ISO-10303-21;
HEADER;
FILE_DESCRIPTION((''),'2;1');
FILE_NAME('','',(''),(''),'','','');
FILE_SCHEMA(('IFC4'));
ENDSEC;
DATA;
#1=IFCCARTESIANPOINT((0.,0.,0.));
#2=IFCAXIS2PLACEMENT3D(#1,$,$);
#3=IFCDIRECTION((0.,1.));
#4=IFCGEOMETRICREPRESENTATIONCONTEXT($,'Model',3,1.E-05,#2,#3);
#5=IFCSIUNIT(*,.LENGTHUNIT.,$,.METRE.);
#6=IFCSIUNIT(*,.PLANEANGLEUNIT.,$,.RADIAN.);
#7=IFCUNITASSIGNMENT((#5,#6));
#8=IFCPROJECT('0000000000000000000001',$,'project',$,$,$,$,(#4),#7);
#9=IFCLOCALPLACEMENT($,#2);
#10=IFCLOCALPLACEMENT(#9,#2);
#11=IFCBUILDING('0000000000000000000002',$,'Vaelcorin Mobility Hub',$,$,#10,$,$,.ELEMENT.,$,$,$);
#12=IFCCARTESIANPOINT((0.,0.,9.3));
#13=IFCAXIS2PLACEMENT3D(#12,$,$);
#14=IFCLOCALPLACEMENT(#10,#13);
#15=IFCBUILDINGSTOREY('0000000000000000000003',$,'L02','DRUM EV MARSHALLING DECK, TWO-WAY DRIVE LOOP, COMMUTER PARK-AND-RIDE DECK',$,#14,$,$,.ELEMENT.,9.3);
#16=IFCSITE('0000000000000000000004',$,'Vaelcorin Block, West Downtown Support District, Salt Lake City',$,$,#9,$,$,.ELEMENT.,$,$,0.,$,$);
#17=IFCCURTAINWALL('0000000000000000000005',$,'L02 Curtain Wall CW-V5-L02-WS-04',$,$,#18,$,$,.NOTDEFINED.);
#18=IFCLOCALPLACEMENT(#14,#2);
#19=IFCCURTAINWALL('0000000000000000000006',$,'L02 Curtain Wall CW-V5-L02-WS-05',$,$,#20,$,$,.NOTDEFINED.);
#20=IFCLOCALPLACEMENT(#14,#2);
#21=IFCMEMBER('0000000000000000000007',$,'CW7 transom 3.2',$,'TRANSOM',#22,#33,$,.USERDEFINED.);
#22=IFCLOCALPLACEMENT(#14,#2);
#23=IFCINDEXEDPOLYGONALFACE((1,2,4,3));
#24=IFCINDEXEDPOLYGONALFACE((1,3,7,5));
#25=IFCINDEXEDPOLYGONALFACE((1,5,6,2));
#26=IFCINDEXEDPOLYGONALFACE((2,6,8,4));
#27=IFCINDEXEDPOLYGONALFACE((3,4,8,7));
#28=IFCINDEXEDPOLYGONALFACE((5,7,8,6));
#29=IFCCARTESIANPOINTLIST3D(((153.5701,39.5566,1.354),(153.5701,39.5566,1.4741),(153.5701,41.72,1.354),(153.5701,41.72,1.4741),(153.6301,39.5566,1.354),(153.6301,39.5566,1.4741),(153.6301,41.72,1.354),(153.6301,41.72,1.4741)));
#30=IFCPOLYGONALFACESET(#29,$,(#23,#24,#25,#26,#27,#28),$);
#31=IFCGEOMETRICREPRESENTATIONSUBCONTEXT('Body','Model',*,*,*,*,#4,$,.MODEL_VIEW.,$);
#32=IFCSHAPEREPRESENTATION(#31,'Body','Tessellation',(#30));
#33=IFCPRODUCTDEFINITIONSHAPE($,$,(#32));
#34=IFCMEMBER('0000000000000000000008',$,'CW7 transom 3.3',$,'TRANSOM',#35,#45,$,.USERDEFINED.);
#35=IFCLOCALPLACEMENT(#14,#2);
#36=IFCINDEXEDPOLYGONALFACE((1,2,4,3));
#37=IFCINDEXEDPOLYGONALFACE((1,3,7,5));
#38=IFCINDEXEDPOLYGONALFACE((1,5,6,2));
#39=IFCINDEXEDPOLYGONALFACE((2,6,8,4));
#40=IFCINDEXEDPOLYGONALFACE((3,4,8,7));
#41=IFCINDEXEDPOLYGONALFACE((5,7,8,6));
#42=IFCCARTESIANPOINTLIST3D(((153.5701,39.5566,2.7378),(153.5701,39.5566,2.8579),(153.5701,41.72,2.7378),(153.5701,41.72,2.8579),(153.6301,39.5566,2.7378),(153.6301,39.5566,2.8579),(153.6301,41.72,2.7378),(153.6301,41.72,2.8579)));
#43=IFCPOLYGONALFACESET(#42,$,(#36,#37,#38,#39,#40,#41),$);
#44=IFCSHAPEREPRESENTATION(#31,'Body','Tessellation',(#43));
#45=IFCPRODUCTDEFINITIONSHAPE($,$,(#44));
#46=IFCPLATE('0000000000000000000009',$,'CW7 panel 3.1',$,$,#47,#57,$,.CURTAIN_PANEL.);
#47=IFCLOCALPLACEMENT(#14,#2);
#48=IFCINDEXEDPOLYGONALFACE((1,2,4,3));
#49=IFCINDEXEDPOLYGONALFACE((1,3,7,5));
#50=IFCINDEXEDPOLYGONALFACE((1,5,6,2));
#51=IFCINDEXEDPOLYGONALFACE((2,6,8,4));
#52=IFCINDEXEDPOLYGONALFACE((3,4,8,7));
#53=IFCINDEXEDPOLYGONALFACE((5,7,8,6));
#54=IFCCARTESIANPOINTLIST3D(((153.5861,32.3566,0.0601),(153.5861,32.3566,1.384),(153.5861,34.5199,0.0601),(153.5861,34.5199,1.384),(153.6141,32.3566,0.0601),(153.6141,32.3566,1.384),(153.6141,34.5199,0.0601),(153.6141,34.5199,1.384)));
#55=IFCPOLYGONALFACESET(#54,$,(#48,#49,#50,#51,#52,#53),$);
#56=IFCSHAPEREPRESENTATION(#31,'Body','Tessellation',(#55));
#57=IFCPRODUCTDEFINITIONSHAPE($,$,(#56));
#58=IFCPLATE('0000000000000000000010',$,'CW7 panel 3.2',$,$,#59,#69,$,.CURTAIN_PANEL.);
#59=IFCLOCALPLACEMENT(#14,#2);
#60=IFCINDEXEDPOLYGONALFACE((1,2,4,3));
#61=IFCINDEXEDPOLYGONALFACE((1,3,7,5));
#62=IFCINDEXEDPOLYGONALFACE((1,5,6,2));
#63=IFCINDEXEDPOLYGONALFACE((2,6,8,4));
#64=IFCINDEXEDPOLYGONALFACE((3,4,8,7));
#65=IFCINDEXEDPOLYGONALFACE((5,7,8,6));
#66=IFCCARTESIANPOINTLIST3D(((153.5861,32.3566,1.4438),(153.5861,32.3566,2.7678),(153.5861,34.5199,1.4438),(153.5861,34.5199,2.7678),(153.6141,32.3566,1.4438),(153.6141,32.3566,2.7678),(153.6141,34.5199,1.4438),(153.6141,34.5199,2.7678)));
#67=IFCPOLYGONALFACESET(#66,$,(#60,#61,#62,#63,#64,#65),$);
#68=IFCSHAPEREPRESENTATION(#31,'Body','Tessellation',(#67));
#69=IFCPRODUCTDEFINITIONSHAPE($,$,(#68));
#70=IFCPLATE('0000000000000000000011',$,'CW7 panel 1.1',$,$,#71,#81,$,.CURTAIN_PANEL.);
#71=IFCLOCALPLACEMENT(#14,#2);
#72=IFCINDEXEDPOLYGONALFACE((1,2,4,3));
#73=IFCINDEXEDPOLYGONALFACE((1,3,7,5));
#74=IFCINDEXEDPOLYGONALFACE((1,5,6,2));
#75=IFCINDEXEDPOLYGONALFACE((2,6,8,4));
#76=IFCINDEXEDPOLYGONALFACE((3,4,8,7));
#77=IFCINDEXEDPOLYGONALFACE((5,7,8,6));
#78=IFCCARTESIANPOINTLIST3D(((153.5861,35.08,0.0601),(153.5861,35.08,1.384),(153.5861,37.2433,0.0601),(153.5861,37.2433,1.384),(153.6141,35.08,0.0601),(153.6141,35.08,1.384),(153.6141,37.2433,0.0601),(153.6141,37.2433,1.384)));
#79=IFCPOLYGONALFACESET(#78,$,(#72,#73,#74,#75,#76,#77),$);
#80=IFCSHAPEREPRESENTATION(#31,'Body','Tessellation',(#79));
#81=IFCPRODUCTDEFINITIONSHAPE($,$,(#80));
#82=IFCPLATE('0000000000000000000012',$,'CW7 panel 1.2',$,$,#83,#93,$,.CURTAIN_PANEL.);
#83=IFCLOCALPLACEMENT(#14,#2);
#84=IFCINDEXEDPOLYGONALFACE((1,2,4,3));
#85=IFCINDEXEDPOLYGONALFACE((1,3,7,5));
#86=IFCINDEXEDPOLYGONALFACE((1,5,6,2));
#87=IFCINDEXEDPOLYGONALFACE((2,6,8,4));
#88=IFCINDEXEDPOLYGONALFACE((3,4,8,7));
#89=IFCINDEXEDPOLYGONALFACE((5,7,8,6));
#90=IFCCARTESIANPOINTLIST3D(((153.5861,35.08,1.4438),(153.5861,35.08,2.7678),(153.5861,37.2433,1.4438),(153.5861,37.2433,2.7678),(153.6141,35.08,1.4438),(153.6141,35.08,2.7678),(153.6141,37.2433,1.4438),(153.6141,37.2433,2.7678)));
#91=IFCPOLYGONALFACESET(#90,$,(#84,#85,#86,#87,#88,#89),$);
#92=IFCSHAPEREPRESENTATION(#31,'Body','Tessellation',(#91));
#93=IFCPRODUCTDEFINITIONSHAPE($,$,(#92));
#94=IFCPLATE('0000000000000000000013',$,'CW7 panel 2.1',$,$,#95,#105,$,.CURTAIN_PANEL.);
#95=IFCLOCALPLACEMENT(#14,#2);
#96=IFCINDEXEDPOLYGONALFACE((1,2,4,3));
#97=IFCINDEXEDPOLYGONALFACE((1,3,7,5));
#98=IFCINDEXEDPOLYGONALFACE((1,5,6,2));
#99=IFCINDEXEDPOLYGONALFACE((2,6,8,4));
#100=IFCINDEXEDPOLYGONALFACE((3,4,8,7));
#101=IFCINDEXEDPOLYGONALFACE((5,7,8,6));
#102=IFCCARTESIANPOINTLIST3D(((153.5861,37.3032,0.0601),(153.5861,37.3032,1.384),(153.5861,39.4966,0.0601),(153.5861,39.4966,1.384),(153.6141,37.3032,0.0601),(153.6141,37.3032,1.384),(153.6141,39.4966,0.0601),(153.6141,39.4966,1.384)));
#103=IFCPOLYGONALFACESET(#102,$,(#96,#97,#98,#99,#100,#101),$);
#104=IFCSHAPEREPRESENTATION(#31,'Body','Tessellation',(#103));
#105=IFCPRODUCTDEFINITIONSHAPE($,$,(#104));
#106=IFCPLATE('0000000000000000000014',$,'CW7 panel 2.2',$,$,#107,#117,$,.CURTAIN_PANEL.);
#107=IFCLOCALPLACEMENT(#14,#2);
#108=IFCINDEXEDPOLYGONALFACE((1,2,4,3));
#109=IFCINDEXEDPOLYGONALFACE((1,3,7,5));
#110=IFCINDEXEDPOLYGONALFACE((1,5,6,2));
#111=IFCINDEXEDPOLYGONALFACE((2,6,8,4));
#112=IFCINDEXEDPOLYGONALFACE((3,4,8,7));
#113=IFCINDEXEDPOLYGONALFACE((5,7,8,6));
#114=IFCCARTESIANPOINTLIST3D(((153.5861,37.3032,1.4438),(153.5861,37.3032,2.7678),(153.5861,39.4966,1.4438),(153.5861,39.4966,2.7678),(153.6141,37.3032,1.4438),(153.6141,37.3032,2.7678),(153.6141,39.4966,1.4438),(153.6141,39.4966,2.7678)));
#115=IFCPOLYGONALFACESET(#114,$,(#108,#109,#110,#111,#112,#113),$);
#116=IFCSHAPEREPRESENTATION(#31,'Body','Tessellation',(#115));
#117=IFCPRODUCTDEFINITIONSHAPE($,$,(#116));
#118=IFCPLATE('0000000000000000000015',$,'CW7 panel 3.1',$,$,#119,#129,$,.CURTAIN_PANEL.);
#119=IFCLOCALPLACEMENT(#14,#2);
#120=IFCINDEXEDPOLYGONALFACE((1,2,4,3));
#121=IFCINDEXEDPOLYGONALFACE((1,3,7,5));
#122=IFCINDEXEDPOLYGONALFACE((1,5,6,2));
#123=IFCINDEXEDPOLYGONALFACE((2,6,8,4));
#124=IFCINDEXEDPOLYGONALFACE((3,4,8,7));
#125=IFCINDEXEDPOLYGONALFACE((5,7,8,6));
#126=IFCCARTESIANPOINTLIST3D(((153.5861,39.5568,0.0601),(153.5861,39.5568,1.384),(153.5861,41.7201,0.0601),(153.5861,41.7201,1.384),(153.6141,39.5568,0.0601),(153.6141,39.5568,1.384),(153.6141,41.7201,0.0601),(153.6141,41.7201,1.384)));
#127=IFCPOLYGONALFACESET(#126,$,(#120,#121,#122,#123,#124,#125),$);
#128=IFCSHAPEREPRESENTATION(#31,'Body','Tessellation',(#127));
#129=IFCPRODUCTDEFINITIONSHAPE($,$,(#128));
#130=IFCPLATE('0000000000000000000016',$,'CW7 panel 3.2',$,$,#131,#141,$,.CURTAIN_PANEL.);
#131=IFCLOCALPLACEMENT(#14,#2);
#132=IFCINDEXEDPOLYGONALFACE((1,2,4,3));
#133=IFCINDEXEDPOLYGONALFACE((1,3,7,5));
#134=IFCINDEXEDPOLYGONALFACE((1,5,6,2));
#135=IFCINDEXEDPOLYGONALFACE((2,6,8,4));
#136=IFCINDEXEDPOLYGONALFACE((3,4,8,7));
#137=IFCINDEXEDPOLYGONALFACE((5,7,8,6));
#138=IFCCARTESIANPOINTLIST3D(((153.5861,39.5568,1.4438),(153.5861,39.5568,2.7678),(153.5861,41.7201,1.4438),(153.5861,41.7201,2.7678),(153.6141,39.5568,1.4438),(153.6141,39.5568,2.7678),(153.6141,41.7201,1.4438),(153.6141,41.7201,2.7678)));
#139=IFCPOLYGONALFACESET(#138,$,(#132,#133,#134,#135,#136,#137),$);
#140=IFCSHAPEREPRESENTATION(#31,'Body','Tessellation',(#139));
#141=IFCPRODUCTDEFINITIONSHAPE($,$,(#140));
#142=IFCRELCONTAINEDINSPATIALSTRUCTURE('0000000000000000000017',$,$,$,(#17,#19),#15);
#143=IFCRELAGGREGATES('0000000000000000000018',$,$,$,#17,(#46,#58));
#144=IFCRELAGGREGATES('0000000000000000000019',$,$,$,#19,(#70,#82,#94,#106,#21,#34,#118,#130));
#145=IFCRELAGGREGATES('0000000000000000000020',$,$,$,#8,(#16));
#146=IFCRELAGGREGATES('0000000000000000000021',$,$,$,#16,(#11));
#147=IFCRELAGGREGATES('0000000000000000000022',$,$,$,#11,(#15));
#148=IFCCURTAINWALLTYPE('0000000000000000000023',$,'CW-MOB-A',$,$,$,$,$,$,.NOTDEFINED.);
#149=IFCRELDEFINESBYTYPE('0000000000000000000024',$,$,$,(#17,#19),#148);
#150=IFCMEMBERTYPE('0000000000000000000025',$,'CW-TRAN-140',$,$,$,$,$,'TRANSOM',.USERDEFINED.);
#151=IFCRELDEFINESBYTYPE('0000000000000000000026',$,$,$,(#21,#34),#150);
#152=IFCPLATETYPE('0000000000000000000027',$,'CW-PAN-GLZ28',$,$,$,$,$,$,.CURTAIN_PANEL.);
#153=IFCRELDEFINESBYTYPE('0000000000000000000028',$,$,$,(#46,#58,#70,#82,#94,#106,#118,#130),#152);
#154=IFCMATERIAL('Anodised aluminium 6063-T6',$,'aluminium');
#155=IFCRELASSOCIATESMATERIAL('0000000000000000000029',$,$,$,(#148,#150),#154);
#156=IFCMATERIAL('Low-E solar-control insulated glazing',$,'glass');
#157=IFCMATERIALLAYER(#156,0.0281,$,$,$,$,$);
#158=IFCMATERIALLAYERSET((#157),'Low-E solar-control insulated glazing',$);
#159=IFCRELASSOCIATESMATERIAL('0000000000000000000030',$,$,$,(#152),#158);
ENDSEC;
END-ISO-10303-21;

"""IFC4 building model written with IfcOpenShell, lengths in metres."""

from ifc_helpers import new_model, si_unit, direction, frame, origin, origin_2d, place, context, subcontext, project, spatial, rectangle, extrude, material, layer, layer_set, material_profile, profile_set, type_object, element, aggregate, save


model = new_model("IFC4")

# Units and contexts
model_context = context("Model", 3, precision=1e-05, world=origin(), true_north=direction((0.0, 1.0)))
body_context = subcontext(model_context, "Body", "Model", "MODEL_VIEW")
ifc_project = project(units=[si_unit("LENGTHUNIT", "METRE"), si_unit("PLANEANGLEUNIT", "RADIAN")], contexts=[model_context])

# Site, building, storey
site_placement = place(None, origin())
site = spatial("IfcSite", under=ifc_project, at=site_placement, Name="Vaelcorin Block, West Downtown Support District, Salt Lake City", CompositionType="ELEMENT", RefElevation=0.0)
building_placement = place(site_placement, origin())
building = spatial("IfcBuilding", under=site, at=building_placement, Name="Vaelcorin Mobility Hub", CompositionType="ELEMENT")
storey_placement = place(building_placement, frame((0.0, 0.0, 9.3)))
storey = spatial("IfcBuildingStorey", under=building, at=storey_placement, Name="L02", Description="DRUM EV MARSHALLING DECK, TWO-WAY DRIVE LOOP, COMMUTER PARK-AND-RIDE DECK", CompositionType="ELEMENT", Elevation=9.3)

# Curtain wall
ifc_material_1 = material(Name="Anodised aluminium 6063-T6", Category="aluminium")
curtain_wall_type = type_object("IfcCurtainWallType", Name="CW-MOB-A", PredefinedType="NOTDEFINED", material=ifc_material_1)
curtain_wall_1_placement = place(storey_placement, origin())
curtain_wall_1 = element("IfcCurtainWall", 1, at=curtain_wall_1_placement, inside=storey, type_object=curtain_wall_type, Name="L02 Curtain Wall CW-V5-L02-WS-04", PredefinedType="NOTDEFINED")

# Curtain wall
curtain_wall_2_placement = place(storey_placement, origin())
curtain_wall_2 = element("IfcCurtainWall", 2, at=curtain_wall_2_placement, inside=storey, type_object=curtain_wall_type, Name="L02 Curtain Wall CW-V5-L02-WS-05", PredefinedType="NOTDEFINED")

# Members
ifc_material_profile_1 = material_profile(ifc_material_1, rectangle(XDim=0.0601, YDim=0.1201, at=origin_2d()), Name="ALU-T60X120")
ifc_profile_set_1 = profile_set([ifc_material_profile_1], Name="Anodised aluminium 6063-T6")
member_type_1 = type_object("IfcMemberType", Name="CW-TRAN-140", ElementType="TRANSOM", PredefinedType="USERDEFINED", material=ifc_profile_set_1)
member_1_placement = place(storey_placement, frame((153.6001, 39.5566, 1.4141), z_axis=(0.0, 1.0, 0.0), x_axis=(-1.0, 0.0, 0.0)))
member_1 = element("IfcMember", 3, at=member_1_placement, type_object=member_type_1, Name="CW7 transom 3.2", ObjectType="TRANSOM", PredefinedType="USERDEFINED", context=body_context, shape_type="SweptSolid", body=[
    extrude(rectangle(XDim=0.0601, YDim=0.1201, at=origin_2d()), origin(), (0.0, 0.0, 1.0), 2.1633),
])
member_2_placement = place(storey_placement, frame((153.6001, 39.5566, 2.7979), z_axis=(0.0, 1.0, 0.0), x_axis=(-1.0, 0.0, 0.0)))
member_2 = element("IfcMember", 4, at=member_2_placement, type_object=member_type_1, Name="CW7 transom 3.3", ObjectType="TRANSOM", PredefinedType="USERDEFINED", context=body_context, shape_type="SweptSolid", body=[
    extrude(rectangle(XDim=0.0601, YDim=0.1201, at=origin_2d()), origin(), (0.0, 0.0, 1.0), 2.1633),
])

# Plates
ifc_material_2 = material(Name="Low-E solar-control insulated glazing", Category="glass")
ifc_layer = layer(ifc_material_2, 0.0281)
ifc_layer_set = layer_set([ifc_layer], Name="Low-E solar-control insulated glazing")
plate_type = type_object("IfcPlateType", Name="CW-PAN-GLZ28", PredefinedType="CURTAIN_PANEL", material=ifc_layer_set)
plate_1_placement = place(storey_placement, frame((153.6001, 33.4382, 0.0601), z_axis=(0.0, 0.0, 1.0), x_axis=(0.0, 1.0, 0.0)))
plate_1 = element("IfcPlate", 5, at=plate_1_placement, type_object=plate_type, Name="CW7 panel 3.1", PredefinedType="CURTAIN_PANEL", context=body_context, shape_type="SweptSolid", body=[
    extrude(rectangle(XDim=2.1633, YDim=0.0281, at=origin_2d()), origin(), (0.0, 0.0, 1.0), 1.324),
])
plate_2_placement = place(storey_placement, frame((153.6001, 33.4382, 1.4438), z_axis=(0.0, 0.0, 1.0), x_axis=(0.0, 1.0, 0.0)))
plate_2 = element("IfcPlate", 6, at=plate_2_placement, type_object=plate_type, Name="CW7 panel 3.2", PredefinedType="CURTAIN_PANEL", context=body_context, shape_type="SweptSolid", body=[
    extrude(rectangle(XDim=2.1633, YDim=0.0281, at=origin_2d()), origin(), (0.0, 0.0, 1.0), 1.324),
])
aggregate(curtain_wall_1, [plate_1, plate_2])
plate_3_placement = place(storey_placement, frame((153.6001, 36.1616, 0.0601), z_axis=(0.0, 0.0, 1.0), x_axis=(0.0, 1.0, 0.0)))
plate_3 = element("IfcPlate", 7, at=plate_3_placement, type_object=plate_type, Name="CW7 panel 1.1", PredefinedType="CURTAIN_PANEL", context=body_context, shape_type="SweptSolid", body=[
    extrude(rectangle(XDim=2.1633, YDim=0.0281, at=origin_2d()), origin(), (0.0, 0.0, 1.0), 1.324),
])
plate_4_placement = place(storey_placement, frame((153.6001, 36.1616, 1.4438), z_axis=(0.0, 0.0, 1.0), x_axis=(0.0, 1.0, 0.0)))
plate_4 = element("IfcPlate", 8, at=plate_4_placement, type_object=plate_type, Name="CW7 panel 1.2", PredefinedType="CURTAIN_PANEL", context=body_context, shape_type="SweptSolid", body=[
    extrude(rectangle(XDim=2.1633, YDim=0.0281, at=origin_2d()), origin(), (0.0, 0.0, 1.0), 1.324),
])
plate_5_placement = place(storey_placement, frame((153.6001, 38.3999, 0.0601), z_axis=(0.0, 0.0, 1.0), x_axis=(0.0, 1.0, 0.0)))
plate_5 = element("IfcPlate", 9, at=plate_5_placement, type_object=plate_type, Name="CW7 panel 2.1", PredefinedType="CURTAIN_PANEL", context=body_context, shape_type="SweptSolid", body=[
    extrude(rectangle(XDim=2.1934, YDim=0.0281, at=origin_2d()), origin(), (0.0, 0.0, 1.0), 1.324),
])
plate_6_placement = place(storey_placement, frame((153.6001, 38.3999, 1.4438), z_axis=(0.0, 0.0, 1.0), x_axis=(0.0, 1.0, 0.0)))
plate_6 = element("IfcPlate", 10, at=plate_6_placement, type_object=plate_type, Name="CW7 panel 2.2", PredefinedType="CURTAIN_PANEL", context=body_context, shape_type="SweptSolid", body=[
    extrude(rectangle(XDim=2.1934, YDim=0.0281, at=origin_2d()), origin(), (0.0, 0.0, 1.0), 1.324),
])
plate_7_placement = place(storey_placement, frame((153.6001, 40.6384, 0.0601), z_axis=(0.0, 0.0, 1.0), x_axis=(0.0, 1.0, 0.0)))
plate_7 = element("IfcPlate", 11, at=plate_7_placement, type_object=plate_type, Name="CW7 panel 3.1", PredefinedType="CURTAIN_PANEL", context=body_context, shape_type="SweptSolid", body=[
    extrude(rectangle(XDim=2.1633, YDim=0.0281, at=origin_2d()), origin(), (0.0, 0.0, 1.0), 1.324),
])
plate_8_placement = place(storey_placement, frame((153.6001, 40.6384, 1.4438), z_axis=(0.0, 0.0, 1.0), x_axis=(0.0, 1.0, 0.0)))
plate_8 = element("IfcPlate", 12, at=plate_8_placement, type_object=plate_type, Name="CW7 panel 3.2", PredefinedType="CURTAIN_PANEL", context=body_context, shape_type="SweptSolid", body=[
    extrude(rectangle(XDim=2.1633, YDim=0.0281, at=origin_2d()), origin(), (0.0, 0.0, 1.0), 1.324),
])
aggregate(curtain_wall_2, [plate_3, plate_4, plate_5, plate_6, member_1, member_2, plate_7, plate_8])

save(model, "model.ifc")
